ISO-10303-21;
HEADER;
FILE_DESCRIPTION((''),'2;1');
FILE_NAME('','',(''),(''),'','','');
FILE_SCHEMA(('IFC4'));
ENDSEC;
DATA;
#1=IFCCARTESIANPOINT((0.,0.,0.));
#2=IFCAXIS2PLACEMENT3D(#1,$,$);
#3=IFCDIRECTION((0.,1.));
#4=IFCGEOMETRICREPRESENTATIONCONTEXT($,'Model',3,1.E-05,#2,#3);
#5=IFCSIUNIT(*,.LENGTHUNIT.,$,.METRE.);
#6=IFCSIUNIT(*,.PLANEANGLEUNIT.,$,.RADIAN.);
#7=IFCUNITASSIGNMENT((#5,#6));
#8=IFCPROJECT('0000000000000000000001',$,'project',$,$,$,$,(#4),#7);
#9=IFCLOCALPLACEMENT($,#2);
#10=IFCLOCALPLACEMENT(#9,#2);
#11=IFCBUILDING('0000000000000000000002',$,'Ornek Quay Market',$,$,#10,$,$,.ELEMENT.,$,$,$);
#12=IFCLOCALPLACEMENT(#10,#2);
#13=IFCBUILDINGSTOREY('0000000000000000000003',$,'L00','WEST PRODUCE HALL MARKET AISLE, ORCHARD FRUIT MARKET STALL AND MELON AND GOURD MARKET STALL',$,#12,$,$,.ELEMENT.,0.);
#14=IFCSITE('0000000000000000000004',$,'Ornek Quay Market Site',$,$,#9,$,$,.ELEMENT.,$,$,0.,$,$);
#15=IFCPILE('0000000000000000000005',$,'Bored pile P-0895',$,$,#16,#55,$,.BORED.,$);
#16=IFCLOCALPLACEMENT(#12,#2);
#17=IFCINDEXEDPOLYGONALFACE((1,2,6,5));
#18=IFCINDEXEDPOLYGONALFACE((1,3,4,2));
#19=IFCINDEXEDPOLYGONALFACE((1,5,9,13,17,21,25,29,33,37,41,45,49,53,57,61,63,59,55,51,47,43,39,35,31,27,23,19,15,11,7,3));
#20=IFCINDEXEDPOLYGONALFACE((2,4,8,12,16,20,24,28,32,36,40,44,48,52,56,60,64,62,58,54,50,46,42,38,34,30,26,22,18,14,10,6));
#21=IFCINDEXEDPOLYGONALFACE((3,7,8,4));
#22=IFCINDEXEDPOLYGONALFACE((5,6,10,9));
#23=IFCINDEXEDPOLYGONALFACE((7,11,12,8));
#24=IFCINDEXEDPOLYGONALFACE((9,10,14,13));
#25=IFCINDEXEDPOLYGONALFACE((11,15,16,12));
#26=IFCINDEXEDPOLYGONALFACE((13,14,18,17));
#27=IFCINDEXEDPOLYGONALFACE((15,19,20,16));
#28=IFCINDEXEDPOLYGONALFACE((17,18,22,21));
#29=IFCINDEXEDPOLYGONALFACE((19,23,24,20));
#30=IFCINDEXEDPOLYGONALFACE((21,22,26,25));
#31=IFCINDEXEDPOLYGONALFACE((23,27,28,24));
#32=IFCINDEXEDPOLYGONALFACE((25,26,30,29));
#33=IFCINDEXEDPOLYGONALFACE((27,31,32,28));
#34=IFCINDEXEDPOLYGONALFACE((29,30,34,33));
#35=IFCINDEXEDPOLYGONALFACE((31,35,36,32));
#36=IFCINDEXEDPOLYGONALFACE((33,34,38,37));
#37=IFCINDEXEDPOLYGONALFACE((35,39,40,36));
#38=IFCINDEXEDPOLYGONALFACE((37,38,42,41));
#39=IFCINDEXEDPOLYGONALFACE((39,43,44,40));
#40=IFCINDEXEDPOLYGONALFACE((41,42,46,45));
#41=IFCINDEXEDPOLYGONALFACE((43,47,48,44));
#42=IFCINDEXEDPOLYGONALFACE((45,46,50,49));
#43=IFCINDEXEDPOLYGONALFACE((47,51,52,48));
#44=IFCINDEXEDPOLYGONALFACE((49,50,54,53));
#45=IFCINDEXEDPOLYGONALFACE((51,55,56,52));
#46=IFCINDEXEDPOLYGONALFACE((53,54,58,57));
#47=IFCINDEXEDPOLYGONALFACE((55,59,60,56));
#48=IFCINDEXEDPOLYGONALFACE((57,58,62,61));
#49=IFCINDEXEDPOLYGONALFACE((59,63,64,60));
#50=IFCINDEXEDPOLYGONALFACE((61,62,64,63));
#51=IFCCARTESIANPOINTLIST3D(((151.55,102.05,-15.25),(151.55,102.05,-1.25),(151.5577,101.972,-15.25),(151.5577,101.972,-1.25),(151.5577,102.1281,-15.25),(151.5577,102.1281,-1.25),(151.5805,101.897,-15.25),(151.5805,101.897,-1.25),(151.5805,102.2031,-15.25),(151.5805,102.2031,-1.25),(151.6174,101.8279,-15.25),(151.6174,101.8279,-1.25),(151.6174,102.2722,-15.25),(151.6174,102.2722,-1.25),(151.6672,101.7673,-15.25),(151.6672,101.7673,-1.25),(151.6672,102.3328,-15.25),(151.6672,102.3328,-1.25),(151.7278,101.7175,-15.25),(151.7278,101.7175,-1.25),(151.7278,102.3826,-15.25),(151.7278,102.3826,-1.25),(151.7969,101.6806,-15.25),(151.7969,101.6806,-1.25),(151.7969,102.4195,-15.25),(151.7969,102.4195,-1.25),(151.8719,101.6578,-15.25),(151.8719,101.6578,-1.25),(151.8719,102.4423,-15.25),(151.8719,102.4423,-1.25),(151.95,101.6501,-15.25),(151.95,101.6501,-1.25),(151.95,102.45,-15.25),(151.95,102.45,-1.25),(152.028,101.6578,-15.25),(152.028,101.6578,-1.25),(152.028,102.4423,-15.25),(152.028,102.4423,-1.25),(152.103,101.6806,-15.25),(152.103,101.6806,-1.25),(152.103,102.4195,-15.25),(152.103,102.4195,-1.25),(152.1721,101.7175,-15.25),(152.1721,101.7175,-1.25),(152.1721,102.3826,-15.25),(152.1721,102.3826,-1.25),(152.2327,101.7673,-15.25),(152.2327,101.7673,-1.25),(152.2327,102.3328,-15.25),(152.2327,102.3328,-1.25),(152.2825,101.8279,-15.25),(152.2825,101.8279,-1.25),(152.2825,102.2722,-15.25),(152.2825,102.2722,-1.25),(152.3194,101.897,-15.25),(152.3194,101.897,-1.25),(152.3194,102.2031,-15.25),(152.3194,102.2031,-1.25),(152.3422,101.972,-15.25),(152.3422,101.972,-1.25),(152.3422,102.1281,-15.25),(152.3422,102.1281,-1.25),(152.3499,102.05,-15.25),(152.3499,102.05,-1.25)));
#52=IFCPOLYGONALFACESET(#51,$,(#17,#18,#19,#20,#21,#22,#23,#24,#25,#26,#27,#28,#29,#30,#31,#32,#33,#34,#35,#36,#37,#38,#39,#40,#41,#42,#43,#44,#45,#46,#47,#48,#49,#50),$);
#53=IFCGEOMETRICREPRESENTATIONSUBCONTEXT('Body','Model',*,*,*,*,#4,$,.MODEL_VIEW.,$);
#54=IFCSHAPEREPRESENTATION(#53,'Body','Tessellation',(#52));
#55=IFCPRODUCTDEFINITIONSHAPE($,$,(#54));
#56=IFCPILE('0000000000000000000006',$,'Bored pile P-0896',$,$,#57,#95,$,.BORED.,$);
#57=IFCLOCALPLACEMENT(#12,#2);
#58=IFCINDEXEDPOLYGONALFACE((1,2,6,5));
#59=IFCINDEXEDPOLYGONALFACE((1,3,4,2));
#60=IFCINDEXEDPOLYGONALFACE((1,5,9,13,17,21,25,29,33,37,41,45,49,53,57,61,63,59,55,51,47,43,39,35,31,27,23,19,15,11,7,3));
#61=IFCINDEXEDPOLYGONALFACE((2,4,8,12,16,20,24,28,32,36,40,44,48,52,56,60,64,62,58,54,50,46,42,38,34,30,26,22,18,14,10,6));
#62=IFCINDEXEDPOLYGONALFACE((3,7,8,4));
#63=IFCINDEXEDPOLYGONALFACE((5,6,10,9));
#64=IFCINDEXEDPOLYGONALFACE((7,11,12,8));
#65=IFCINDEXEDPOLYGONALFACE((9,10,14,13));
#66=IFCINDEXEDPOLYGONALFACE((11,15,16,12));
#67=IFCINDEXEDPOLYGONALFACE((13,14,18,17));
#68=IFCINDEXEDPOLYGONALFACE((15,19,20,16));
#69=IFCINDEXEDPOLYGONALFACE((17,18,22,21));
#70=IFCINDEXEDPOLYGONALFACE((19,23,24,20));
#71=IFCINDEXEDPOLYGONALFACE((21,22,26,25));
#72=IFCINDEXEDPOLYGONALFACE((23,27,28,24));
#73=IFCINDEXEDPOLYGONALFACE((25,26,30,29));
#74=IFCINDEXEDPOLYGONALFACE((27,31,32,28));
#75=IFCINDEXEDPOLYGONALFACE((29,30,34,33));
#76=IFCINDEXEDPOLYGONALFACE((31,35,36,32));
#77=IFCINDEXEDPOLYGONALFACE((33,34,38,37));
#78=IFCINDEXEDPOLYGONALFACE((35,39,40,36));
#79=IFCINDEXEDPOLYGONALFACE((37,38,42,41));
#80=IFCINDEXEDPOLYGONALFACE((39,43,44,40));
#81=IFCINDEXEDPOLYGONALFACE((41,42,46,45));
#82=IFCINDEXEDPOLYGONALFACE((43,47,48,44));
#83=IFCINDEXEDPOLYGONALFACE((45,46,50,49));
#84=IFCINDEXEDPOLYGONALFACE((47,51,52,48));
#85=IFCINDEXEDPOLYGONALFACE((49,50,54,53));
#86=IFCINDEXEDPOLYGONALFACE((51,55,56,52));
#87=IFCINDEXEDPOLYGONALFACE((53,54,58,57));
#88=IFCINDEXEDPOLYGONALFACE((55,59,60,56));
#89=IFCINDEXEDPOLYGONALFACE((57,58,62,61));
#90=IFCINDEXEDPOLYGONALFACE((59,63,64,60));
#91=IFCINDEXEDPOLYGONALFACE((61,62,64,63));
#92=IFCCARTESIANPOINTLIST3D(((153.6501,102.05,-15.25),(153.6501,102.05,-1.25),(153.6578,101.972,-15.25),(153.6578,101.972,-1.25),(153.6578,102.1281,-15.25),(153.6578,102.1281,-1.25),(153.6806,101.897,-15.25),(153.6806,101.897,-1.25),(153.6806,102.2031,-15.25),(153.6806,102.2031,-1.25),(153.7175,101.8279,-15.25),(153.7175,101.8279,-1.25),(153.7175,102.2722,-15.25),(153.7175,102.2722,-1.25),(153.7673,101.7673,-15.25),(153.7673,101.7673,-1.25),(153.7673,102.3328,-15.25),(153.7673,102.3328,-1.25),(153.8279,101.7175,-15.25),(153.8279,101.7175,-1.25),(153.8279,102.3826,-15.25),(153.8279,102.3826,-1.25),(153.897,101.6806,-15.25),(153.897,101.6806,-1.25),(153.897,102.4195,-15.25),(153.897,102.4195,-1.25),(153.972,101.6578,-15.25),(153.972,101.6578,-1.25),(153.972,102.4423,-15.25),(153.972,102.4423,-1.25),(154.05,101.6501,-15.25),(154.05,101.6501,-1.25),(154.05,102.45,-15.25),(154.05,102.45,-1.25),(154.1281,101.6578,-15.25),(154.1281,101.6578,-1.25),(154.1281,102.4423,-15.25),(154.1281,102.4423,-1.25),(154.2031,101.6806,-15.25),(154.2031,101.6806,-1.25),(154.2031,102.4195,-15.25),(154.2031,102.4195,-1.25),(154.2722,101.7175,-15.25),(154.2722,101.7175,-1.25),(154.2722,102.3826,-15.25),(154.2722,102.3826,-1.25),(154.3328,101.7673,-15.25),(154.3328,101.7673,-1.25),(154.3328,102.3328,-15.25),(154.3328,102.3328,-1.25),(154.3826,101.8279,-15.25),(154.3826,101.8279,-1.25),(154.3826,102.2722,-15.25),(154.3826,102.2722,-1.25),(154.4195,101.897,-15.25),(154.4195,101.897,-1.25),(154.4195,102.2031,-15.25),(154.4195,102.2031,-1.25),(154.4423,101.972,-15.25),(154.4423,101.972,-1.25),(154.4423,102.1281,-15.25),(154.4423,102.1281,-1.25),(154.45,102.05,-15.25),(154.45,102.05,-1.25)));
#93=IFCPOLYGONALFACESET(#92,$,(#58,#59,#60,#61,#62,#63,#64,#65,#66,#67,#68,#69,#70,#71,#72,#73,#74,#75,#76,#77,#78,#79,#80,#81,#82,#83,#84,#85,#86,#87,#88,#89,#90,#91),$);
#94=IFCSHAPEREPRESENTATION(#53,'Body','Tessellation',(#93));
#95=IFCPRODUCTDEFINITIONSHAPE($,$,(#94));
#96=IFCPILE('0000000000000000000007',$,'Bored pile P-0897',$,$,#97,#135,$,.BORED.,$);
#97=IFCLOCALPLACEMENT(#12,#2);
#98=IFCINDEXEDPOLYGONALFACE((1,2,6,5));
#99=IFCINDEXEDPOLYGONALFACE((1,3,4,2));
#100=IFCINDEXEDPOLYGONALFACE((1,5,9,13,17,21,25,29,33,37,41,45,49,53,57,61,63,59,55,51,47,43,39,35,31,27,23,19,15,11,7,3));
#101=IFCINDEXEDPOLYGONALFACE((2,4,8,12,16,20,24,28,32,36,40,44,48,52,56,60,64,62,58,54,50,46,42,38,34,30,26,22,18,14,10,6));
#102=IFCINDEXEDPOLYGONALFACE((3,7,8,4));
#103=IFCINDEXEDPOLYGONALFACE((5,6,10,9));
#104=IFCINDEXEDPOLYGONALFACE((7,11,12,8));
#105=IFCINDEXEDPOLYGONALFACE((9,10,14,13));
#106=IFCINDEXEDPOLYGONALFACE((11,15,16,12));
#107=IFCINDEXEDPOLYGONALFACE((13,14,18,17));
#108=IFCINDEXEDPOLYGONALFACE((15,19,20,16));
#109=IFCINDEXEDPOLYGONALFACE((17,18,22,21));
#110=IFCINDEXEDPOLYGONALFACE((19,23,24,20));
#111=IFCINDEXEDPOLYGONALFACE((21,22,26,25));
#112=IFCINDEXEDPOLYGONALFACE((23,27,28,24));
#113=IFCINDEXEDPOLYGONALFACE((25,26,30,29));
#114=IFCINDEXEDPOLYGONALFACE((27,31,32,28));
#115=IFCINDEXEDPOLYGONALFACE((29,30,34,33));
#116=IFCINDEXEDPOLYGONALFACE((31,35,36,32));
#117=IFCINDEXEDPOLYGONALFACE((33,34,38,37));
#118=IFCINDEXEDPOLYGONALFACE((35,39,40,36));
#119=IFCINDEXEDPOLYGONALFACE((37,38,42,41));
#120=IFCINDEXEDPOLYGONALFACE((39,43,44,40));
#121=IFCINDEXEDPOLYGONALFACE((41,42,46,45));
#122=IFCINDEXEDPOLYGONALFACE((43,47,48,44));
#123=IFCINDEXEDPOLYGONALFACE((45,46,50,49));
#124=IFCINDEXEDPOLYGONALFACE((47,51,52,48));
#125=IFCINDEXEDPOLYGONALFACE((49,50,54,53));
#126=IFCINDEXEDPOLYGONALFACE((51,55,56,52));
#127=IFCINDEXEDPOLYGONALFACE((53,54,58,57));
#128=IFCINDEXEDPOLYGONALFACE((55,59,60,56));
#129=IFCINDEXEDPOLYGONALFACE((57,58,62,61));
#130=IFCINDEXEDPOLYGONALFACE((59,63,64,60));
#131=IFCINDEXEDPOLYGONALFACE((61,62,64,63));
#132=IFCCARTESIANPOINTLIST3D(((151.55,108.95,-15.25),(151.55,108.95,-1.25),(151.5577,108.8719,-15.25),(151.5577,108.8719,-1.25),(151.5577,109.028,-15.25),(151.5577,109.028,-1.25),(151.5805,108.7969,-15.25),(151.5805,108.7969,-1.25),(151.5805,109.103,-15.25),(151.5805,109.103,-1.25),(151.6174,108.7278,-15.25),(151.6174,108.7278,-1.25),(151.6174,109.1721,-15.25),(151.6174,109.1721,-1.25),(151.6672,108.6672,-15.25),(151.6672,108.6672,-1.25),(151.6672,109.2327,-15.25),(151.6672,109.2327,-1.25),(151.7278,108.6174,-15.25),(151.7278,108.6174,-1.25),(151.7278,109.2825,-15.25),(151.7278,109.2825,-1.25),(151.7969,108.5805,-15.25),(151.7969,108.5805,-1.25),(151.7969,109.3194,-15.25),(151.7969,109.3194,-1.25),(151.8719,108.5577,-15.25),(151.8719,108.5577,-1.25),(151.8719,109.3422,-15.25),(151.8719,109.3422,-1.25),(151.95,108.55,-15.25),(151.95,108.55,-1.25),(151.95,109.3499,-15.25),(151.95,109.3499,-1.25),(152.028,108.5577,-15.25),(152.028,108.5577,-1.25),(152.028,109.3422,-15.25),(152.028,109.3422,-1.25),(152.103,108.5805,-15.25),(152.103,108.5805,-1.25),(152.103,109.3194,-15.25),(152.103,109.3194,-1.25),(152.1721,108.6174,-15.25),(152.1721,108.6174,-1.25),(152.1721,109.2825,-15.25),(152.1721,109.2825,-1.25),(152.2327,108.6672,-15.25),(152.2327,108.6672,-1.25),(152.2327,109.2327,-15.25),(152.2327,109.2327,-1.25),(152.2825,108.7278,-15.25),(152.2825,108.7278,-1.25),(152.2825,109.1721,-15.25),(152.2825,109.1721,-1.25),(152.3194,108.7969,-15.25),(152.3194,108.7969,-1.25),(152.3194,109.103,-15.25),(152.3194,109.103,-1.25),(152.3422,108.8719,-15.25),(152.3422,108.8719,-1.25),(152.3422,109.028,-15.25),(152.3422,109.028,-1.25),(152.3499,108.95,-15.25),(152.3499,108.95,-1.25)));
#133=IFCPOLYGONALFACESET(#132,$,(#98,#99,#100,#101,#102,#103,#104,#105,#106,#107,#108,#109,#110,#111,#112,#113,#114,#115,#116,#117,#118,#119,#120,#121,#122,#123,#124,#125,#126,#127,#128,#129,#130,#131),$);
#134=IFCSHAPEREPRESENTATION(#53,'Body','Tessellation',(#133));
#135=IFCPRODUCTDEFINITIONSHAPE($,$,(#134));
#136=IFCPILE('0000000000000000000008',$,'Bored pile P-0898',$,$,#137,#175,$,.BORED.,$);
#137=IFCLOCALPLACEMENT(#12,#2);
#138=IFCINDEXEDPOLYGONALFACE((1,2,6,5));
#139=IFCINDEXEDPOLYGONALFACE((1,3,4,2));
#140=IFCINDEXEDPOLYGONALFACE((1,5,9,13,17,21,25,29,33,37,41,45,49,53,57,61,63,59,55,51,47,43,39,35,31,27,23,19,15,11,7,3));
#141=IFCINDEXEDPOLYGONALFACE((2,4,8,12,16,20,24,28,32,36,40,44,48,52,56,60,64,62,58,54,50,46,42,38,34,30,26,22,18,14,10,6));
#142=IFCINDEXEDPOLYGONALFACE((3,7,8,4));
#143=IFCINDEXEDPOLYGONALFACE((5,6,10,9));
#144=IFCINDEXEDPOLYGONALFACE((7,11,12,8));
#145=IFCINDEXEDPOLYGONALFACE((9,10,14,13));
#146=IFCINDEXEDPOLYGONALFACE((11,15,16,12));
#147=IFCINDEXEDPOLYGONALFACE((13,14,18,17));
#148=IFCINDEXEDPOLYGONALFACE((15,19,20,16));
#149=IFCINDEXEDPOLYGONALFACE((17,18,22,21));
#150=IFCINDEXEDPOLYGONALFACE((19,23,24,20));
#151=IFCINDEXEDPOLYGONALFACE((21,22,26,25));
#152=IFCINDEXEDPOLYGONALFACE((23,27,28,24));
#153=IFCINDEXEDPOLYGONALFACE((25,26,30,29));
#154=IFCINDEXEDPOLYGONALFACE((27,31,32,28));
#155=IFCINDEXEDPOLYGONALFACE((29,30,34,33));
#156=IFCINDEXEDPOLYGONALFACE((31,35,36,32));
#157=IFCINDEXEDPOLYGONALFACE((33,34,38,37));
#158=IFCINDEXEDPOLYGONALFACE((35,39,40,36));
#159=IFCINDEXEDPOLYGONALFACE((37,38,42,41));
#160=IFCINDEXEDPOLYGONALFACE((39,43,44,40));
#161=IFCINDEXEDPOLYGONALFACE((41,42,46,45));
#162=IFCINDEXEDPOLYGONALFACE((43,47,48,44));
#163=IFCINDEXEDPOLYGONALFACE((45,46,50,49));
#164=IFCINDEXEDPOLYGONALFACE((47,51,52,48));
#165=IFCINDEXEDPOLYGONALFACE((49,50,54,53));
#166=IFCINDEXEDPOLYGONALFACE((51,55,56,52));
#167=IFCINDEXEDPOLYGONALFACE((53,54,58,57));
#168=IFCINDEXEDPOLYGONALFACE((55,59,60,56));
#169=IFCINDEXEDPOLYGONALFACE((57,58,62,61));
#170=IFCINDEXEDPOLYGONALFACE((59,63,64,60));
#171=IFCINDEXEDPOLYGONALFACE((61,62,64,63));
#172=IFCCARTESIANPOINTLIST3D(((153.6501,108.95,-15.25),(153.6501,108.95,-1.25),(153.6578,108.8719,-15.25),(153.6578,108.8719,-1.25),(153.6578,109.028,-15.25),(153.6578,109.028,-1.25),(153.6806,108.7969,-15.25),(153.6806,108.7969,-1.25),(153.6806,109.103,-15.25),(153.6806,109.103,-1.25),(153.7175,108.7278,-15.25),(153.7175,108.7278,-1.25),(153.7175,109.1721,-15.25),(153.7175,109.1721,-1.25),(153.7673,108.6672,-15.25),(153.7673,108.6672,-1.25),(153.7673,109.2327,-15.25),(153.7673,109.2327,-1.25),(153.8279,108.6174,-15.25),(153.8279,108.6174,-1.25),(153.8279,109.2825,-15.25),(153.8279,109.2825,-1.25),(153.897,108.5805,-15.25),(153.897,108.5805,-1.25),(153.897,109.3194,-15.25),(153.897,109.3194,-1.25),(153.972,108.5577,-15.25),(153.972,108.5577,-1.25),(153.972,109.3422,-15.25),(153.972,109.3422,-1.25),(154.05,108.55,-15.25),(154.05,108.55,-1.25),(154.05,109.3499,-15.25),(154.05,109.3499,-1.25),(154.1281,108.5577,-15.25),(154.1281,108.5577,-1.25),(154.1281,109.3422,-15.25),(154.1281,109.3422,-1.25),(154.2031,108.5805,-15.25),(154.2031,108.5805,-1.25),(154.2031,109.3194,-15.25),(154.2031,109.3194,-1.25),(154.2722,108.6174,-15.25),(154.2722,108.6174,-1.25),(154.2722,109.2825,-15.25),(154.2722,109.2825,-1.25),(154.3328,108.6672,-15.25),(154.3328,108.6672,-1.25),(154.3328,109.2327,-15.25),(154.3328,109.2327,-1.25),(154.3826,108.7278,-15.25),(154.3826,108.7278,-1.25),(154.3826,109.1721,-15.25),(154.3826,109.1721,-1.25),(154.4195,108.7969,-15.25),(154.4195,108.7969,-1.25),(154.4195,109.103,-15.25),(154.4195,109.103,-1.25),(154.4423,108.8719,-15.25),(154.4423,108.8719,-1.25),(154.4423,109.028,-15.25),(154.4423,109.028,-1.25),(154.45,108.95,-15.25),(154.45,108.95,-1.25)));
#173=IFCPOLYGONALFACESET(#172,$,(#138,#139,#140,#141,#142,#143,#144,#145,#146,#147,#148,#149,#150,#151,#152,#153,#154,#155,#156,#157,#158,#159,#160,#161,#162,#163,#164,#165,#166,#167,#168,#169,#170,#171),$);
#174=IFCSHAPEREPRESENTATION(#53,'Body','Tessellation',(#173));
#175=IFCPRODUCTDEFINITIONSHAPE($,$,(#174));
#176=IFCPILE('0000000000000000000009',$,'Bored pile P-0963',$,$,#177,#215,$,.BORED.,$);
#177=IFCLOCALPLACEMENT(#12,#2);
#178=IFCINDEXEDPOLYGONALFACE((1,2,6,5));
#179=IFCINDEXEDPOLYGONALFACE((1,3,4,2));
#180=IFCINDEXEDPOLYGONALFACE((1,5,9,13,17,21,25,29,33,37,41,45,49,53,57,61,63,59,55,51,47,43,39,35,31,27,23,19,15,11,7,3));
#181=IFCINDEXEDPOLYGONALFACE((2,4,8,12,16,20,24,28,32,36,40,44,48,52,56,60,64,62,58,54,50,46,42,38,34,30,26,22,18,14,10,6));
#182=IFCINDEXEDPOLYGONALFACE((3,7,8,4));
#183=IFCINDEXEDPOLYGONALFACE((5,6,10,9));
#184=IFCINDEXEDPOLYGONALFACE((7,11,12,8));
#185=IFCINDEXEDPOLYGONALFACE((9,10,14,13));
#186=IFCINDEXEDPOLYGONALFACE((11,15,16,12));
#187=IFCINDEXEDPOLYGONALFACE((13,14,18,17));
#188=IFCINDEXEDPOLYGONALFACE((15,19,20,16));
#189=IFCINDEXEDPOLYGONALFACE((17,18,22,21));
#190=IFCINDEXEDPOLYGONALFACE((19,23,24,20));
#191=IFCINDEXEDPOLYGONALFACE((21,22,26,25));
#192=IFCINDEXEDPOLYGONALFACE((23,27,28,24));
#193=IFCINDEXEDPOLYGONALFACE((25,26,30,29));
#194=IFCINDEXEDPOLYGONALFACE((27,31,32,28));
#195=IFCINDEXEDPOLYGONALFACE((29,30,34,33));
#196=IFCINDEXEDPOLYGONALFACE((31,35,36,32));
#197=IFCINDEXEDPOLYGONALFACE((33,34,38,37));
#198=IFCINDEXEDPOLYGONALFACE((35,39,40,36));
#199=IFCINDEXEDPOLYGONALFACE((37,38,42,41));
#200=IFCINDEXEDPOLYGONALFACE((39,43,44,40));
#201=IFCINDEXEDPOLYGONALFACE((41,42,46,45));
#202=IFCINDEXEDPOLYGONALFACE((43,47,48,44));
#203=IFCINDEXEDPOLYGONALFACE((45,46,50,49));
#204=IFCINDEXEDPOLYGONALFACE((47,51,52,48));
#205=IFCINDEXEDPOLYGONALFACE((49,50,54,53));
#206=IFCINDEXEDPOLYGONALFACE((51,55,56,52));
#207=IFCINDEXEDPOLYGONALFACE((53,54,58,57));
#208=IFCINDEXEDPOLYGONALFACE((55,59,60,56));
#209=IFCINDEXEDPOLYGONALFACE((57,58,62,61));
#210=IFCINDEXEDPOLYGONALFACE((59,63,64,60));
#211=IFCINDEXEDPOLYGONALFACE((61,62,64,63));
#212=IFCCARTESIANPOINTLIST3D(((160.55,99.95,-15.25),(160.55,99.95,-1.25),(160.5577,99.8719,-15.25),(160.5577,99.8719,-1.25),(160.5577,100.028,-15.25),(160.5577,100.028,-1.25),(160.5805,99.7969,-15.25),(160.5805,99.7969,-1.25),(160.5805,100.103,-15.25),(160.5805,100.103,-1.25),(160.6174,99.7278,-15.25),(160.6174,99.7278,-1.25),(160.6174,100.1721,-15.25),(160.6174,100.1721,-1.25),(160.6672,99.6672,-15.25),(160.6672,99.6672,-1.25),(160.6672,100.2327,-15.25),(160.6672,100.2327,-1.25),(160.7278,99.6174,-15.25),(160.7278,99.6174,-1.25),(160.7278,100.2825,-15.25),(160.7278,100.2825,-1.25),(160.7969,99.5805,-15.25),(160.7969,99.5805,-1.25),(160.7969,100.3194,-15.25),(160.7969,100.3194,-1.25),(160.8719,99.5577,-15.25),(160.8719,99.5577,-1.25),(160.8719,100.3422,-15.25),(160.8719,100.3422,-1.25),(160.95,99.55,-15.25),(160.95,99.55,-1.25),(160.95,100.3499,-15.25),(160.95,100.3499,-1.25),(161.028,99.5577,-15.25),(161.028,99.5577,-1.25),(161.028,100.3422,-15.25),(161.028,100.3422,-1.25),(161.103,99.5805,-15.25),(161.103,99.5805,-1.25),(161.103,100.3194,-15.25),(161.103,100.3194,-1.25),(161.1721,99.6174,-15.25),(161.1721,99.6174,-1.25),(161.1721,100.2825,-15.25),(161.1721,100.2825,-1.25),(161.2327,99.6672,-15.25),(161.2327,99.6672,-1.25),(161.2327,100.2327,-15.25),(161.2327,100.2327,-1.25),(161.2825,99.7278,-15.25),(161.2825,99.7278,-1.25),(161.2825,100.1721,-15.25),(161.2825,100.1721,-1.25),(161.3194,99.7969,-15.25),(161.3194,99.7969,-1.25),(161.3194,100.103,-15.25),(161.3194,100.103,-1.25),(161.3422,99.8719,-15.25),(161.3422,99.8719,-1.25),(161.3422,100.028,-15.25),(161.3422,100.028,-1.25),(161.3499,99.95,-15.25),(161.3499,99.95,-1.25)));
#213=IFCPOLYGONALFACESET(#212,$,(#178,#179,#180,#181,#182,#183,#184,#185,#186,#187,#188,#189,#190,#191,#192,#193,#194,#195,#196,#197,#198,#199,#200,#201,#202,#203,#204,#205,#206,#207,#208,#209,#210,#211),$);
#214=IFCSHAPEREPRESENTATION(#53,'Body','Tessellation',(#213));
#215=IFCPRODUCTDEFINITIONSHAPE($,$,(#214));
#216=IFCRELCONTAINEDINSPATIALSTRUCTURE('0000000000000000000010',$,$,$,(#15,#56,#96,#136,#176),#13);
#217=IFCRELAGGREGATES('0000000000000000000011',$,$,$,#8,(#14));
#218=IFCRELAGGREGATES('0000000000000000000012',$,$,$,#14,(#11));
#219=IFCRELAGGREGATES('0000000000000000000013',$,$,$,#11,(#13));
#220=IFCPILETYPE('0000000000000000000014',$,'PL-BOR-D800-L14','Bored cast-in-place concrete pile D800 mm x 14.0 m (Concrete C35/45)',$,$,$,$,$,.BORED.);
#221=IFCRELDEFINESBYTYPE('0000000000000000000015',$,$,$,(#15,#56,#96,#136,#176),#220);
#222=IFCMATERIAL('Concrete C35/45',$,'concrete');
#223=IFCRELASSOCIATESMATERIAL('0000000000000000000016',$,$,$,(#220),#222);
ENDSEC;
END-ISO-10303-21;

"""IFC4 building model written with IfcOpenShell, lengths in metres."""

from ifc_helpers import new_model, si_unit, direction, frame, origin, origin_2d, place, context, subcontext, project, spatial, circle, extrude, material, material_profile, profile_set, type_object, element, save


model = new_model("IFC4")

# Units and contexts
model_context = context("Model", 3, precision=1e-05, world=origin(), true_north=direction((0.0, 1.0)))
body_context = subcontext(model_context, "Body", "Model", "MODEL_VIEW")
ifc_project = project(units=[si_unit("LENGTHUNIT", "METRE"), si_unit("PLANEANGLEUNIT", "RADIAN")], contexts=[model_context])

# Site, building, storey
site_placement = place(None, origin())
site = spatial("IfcSite", under=ifc_project, at=site_placement, Name="Ornek Quay Market Site", CompositionType="ELEMENT", RefElevation=0.0)
building_placement = place(site_placement, origin())
building = spatial("IfcBuilding", under=site, at=building_placement, Name="Ornek Quay Market", CompositionType="ELEMENT")
storey_placement = place(building_placement, origin())
storey = spatial("IfcBuildingStorey", under=building, at=storey_placement, Name="L00", Description="WEST PRODUCE HALL MARKET AISLE, ORCHARD FRUIT MARKET STALL AND MELON AND GOURD MARKET STALL", CompositionType="ELEMENT", Elevation=0.0)

# Piles
ifc_material_1 = material(Name="Concrete C35/45", Category="concrete")
ifc_material_profile_1 = material_profile(ifc_material_1, circle(Radius=0.3999, at=origin_2d()), Name="PILE D800", Category="concrete")
ifc_profile_set_1 = profile_set([ifc_material_profile_1], Name="Concrete C35/45")
pile_type = type_object("IfcPileType", Name="PL-BOR-D800-L14", Description="Bored cast-in-place concrete pile D800 mm x 14.0 m (Concrete C35/45)", PredefinedType="BORED", material=ifc_profile_set_1)
for number, where, z_axis, x_axis, name in (
    (1, (151.95, 102.05, -1.25), (0.0, 0.0, -1.0), (1.0, 0.0, 0.0), "Bored pile P-0895"),
    (2, (154.05, 102.05, -1.25), (0.0, 0.0, -1.0), (1.0, 0.0, 0.0), "Bored pile P-0896"),
    (3, (151.95, 108.95, -1.25), (0.0, 0.0, -1.0), (1.0, 0.0, 0.0), "Bored pile P-0897"),
    (4, (154.05, 108.95, -1.25), (0.0, 0.0, -1.0), (1.0, 0.0, 0.0), "Bored pile P-0898"),
    (5, (160.95, 99.95, -1.25), (0.0, 0.0, -1.0), (1.0, 0.0, 0.0), "Bored pile P-0963"),
):
    element("IfcPile", number, at=place(storey_placement, frame(where, z_axis=z_axis, x_axis=x_axis)), inside=storey, type_object=pile_type, Name=name, PredefinedType="BORED", context=body_context, shape_type="SweptSolid", body=[
        extrude(circle(Radius=0.3999, at=origin_2d()), origin(), (0.0, 0.0, 1.0), 14.0),
    ])

save(model, "model.ifc")
